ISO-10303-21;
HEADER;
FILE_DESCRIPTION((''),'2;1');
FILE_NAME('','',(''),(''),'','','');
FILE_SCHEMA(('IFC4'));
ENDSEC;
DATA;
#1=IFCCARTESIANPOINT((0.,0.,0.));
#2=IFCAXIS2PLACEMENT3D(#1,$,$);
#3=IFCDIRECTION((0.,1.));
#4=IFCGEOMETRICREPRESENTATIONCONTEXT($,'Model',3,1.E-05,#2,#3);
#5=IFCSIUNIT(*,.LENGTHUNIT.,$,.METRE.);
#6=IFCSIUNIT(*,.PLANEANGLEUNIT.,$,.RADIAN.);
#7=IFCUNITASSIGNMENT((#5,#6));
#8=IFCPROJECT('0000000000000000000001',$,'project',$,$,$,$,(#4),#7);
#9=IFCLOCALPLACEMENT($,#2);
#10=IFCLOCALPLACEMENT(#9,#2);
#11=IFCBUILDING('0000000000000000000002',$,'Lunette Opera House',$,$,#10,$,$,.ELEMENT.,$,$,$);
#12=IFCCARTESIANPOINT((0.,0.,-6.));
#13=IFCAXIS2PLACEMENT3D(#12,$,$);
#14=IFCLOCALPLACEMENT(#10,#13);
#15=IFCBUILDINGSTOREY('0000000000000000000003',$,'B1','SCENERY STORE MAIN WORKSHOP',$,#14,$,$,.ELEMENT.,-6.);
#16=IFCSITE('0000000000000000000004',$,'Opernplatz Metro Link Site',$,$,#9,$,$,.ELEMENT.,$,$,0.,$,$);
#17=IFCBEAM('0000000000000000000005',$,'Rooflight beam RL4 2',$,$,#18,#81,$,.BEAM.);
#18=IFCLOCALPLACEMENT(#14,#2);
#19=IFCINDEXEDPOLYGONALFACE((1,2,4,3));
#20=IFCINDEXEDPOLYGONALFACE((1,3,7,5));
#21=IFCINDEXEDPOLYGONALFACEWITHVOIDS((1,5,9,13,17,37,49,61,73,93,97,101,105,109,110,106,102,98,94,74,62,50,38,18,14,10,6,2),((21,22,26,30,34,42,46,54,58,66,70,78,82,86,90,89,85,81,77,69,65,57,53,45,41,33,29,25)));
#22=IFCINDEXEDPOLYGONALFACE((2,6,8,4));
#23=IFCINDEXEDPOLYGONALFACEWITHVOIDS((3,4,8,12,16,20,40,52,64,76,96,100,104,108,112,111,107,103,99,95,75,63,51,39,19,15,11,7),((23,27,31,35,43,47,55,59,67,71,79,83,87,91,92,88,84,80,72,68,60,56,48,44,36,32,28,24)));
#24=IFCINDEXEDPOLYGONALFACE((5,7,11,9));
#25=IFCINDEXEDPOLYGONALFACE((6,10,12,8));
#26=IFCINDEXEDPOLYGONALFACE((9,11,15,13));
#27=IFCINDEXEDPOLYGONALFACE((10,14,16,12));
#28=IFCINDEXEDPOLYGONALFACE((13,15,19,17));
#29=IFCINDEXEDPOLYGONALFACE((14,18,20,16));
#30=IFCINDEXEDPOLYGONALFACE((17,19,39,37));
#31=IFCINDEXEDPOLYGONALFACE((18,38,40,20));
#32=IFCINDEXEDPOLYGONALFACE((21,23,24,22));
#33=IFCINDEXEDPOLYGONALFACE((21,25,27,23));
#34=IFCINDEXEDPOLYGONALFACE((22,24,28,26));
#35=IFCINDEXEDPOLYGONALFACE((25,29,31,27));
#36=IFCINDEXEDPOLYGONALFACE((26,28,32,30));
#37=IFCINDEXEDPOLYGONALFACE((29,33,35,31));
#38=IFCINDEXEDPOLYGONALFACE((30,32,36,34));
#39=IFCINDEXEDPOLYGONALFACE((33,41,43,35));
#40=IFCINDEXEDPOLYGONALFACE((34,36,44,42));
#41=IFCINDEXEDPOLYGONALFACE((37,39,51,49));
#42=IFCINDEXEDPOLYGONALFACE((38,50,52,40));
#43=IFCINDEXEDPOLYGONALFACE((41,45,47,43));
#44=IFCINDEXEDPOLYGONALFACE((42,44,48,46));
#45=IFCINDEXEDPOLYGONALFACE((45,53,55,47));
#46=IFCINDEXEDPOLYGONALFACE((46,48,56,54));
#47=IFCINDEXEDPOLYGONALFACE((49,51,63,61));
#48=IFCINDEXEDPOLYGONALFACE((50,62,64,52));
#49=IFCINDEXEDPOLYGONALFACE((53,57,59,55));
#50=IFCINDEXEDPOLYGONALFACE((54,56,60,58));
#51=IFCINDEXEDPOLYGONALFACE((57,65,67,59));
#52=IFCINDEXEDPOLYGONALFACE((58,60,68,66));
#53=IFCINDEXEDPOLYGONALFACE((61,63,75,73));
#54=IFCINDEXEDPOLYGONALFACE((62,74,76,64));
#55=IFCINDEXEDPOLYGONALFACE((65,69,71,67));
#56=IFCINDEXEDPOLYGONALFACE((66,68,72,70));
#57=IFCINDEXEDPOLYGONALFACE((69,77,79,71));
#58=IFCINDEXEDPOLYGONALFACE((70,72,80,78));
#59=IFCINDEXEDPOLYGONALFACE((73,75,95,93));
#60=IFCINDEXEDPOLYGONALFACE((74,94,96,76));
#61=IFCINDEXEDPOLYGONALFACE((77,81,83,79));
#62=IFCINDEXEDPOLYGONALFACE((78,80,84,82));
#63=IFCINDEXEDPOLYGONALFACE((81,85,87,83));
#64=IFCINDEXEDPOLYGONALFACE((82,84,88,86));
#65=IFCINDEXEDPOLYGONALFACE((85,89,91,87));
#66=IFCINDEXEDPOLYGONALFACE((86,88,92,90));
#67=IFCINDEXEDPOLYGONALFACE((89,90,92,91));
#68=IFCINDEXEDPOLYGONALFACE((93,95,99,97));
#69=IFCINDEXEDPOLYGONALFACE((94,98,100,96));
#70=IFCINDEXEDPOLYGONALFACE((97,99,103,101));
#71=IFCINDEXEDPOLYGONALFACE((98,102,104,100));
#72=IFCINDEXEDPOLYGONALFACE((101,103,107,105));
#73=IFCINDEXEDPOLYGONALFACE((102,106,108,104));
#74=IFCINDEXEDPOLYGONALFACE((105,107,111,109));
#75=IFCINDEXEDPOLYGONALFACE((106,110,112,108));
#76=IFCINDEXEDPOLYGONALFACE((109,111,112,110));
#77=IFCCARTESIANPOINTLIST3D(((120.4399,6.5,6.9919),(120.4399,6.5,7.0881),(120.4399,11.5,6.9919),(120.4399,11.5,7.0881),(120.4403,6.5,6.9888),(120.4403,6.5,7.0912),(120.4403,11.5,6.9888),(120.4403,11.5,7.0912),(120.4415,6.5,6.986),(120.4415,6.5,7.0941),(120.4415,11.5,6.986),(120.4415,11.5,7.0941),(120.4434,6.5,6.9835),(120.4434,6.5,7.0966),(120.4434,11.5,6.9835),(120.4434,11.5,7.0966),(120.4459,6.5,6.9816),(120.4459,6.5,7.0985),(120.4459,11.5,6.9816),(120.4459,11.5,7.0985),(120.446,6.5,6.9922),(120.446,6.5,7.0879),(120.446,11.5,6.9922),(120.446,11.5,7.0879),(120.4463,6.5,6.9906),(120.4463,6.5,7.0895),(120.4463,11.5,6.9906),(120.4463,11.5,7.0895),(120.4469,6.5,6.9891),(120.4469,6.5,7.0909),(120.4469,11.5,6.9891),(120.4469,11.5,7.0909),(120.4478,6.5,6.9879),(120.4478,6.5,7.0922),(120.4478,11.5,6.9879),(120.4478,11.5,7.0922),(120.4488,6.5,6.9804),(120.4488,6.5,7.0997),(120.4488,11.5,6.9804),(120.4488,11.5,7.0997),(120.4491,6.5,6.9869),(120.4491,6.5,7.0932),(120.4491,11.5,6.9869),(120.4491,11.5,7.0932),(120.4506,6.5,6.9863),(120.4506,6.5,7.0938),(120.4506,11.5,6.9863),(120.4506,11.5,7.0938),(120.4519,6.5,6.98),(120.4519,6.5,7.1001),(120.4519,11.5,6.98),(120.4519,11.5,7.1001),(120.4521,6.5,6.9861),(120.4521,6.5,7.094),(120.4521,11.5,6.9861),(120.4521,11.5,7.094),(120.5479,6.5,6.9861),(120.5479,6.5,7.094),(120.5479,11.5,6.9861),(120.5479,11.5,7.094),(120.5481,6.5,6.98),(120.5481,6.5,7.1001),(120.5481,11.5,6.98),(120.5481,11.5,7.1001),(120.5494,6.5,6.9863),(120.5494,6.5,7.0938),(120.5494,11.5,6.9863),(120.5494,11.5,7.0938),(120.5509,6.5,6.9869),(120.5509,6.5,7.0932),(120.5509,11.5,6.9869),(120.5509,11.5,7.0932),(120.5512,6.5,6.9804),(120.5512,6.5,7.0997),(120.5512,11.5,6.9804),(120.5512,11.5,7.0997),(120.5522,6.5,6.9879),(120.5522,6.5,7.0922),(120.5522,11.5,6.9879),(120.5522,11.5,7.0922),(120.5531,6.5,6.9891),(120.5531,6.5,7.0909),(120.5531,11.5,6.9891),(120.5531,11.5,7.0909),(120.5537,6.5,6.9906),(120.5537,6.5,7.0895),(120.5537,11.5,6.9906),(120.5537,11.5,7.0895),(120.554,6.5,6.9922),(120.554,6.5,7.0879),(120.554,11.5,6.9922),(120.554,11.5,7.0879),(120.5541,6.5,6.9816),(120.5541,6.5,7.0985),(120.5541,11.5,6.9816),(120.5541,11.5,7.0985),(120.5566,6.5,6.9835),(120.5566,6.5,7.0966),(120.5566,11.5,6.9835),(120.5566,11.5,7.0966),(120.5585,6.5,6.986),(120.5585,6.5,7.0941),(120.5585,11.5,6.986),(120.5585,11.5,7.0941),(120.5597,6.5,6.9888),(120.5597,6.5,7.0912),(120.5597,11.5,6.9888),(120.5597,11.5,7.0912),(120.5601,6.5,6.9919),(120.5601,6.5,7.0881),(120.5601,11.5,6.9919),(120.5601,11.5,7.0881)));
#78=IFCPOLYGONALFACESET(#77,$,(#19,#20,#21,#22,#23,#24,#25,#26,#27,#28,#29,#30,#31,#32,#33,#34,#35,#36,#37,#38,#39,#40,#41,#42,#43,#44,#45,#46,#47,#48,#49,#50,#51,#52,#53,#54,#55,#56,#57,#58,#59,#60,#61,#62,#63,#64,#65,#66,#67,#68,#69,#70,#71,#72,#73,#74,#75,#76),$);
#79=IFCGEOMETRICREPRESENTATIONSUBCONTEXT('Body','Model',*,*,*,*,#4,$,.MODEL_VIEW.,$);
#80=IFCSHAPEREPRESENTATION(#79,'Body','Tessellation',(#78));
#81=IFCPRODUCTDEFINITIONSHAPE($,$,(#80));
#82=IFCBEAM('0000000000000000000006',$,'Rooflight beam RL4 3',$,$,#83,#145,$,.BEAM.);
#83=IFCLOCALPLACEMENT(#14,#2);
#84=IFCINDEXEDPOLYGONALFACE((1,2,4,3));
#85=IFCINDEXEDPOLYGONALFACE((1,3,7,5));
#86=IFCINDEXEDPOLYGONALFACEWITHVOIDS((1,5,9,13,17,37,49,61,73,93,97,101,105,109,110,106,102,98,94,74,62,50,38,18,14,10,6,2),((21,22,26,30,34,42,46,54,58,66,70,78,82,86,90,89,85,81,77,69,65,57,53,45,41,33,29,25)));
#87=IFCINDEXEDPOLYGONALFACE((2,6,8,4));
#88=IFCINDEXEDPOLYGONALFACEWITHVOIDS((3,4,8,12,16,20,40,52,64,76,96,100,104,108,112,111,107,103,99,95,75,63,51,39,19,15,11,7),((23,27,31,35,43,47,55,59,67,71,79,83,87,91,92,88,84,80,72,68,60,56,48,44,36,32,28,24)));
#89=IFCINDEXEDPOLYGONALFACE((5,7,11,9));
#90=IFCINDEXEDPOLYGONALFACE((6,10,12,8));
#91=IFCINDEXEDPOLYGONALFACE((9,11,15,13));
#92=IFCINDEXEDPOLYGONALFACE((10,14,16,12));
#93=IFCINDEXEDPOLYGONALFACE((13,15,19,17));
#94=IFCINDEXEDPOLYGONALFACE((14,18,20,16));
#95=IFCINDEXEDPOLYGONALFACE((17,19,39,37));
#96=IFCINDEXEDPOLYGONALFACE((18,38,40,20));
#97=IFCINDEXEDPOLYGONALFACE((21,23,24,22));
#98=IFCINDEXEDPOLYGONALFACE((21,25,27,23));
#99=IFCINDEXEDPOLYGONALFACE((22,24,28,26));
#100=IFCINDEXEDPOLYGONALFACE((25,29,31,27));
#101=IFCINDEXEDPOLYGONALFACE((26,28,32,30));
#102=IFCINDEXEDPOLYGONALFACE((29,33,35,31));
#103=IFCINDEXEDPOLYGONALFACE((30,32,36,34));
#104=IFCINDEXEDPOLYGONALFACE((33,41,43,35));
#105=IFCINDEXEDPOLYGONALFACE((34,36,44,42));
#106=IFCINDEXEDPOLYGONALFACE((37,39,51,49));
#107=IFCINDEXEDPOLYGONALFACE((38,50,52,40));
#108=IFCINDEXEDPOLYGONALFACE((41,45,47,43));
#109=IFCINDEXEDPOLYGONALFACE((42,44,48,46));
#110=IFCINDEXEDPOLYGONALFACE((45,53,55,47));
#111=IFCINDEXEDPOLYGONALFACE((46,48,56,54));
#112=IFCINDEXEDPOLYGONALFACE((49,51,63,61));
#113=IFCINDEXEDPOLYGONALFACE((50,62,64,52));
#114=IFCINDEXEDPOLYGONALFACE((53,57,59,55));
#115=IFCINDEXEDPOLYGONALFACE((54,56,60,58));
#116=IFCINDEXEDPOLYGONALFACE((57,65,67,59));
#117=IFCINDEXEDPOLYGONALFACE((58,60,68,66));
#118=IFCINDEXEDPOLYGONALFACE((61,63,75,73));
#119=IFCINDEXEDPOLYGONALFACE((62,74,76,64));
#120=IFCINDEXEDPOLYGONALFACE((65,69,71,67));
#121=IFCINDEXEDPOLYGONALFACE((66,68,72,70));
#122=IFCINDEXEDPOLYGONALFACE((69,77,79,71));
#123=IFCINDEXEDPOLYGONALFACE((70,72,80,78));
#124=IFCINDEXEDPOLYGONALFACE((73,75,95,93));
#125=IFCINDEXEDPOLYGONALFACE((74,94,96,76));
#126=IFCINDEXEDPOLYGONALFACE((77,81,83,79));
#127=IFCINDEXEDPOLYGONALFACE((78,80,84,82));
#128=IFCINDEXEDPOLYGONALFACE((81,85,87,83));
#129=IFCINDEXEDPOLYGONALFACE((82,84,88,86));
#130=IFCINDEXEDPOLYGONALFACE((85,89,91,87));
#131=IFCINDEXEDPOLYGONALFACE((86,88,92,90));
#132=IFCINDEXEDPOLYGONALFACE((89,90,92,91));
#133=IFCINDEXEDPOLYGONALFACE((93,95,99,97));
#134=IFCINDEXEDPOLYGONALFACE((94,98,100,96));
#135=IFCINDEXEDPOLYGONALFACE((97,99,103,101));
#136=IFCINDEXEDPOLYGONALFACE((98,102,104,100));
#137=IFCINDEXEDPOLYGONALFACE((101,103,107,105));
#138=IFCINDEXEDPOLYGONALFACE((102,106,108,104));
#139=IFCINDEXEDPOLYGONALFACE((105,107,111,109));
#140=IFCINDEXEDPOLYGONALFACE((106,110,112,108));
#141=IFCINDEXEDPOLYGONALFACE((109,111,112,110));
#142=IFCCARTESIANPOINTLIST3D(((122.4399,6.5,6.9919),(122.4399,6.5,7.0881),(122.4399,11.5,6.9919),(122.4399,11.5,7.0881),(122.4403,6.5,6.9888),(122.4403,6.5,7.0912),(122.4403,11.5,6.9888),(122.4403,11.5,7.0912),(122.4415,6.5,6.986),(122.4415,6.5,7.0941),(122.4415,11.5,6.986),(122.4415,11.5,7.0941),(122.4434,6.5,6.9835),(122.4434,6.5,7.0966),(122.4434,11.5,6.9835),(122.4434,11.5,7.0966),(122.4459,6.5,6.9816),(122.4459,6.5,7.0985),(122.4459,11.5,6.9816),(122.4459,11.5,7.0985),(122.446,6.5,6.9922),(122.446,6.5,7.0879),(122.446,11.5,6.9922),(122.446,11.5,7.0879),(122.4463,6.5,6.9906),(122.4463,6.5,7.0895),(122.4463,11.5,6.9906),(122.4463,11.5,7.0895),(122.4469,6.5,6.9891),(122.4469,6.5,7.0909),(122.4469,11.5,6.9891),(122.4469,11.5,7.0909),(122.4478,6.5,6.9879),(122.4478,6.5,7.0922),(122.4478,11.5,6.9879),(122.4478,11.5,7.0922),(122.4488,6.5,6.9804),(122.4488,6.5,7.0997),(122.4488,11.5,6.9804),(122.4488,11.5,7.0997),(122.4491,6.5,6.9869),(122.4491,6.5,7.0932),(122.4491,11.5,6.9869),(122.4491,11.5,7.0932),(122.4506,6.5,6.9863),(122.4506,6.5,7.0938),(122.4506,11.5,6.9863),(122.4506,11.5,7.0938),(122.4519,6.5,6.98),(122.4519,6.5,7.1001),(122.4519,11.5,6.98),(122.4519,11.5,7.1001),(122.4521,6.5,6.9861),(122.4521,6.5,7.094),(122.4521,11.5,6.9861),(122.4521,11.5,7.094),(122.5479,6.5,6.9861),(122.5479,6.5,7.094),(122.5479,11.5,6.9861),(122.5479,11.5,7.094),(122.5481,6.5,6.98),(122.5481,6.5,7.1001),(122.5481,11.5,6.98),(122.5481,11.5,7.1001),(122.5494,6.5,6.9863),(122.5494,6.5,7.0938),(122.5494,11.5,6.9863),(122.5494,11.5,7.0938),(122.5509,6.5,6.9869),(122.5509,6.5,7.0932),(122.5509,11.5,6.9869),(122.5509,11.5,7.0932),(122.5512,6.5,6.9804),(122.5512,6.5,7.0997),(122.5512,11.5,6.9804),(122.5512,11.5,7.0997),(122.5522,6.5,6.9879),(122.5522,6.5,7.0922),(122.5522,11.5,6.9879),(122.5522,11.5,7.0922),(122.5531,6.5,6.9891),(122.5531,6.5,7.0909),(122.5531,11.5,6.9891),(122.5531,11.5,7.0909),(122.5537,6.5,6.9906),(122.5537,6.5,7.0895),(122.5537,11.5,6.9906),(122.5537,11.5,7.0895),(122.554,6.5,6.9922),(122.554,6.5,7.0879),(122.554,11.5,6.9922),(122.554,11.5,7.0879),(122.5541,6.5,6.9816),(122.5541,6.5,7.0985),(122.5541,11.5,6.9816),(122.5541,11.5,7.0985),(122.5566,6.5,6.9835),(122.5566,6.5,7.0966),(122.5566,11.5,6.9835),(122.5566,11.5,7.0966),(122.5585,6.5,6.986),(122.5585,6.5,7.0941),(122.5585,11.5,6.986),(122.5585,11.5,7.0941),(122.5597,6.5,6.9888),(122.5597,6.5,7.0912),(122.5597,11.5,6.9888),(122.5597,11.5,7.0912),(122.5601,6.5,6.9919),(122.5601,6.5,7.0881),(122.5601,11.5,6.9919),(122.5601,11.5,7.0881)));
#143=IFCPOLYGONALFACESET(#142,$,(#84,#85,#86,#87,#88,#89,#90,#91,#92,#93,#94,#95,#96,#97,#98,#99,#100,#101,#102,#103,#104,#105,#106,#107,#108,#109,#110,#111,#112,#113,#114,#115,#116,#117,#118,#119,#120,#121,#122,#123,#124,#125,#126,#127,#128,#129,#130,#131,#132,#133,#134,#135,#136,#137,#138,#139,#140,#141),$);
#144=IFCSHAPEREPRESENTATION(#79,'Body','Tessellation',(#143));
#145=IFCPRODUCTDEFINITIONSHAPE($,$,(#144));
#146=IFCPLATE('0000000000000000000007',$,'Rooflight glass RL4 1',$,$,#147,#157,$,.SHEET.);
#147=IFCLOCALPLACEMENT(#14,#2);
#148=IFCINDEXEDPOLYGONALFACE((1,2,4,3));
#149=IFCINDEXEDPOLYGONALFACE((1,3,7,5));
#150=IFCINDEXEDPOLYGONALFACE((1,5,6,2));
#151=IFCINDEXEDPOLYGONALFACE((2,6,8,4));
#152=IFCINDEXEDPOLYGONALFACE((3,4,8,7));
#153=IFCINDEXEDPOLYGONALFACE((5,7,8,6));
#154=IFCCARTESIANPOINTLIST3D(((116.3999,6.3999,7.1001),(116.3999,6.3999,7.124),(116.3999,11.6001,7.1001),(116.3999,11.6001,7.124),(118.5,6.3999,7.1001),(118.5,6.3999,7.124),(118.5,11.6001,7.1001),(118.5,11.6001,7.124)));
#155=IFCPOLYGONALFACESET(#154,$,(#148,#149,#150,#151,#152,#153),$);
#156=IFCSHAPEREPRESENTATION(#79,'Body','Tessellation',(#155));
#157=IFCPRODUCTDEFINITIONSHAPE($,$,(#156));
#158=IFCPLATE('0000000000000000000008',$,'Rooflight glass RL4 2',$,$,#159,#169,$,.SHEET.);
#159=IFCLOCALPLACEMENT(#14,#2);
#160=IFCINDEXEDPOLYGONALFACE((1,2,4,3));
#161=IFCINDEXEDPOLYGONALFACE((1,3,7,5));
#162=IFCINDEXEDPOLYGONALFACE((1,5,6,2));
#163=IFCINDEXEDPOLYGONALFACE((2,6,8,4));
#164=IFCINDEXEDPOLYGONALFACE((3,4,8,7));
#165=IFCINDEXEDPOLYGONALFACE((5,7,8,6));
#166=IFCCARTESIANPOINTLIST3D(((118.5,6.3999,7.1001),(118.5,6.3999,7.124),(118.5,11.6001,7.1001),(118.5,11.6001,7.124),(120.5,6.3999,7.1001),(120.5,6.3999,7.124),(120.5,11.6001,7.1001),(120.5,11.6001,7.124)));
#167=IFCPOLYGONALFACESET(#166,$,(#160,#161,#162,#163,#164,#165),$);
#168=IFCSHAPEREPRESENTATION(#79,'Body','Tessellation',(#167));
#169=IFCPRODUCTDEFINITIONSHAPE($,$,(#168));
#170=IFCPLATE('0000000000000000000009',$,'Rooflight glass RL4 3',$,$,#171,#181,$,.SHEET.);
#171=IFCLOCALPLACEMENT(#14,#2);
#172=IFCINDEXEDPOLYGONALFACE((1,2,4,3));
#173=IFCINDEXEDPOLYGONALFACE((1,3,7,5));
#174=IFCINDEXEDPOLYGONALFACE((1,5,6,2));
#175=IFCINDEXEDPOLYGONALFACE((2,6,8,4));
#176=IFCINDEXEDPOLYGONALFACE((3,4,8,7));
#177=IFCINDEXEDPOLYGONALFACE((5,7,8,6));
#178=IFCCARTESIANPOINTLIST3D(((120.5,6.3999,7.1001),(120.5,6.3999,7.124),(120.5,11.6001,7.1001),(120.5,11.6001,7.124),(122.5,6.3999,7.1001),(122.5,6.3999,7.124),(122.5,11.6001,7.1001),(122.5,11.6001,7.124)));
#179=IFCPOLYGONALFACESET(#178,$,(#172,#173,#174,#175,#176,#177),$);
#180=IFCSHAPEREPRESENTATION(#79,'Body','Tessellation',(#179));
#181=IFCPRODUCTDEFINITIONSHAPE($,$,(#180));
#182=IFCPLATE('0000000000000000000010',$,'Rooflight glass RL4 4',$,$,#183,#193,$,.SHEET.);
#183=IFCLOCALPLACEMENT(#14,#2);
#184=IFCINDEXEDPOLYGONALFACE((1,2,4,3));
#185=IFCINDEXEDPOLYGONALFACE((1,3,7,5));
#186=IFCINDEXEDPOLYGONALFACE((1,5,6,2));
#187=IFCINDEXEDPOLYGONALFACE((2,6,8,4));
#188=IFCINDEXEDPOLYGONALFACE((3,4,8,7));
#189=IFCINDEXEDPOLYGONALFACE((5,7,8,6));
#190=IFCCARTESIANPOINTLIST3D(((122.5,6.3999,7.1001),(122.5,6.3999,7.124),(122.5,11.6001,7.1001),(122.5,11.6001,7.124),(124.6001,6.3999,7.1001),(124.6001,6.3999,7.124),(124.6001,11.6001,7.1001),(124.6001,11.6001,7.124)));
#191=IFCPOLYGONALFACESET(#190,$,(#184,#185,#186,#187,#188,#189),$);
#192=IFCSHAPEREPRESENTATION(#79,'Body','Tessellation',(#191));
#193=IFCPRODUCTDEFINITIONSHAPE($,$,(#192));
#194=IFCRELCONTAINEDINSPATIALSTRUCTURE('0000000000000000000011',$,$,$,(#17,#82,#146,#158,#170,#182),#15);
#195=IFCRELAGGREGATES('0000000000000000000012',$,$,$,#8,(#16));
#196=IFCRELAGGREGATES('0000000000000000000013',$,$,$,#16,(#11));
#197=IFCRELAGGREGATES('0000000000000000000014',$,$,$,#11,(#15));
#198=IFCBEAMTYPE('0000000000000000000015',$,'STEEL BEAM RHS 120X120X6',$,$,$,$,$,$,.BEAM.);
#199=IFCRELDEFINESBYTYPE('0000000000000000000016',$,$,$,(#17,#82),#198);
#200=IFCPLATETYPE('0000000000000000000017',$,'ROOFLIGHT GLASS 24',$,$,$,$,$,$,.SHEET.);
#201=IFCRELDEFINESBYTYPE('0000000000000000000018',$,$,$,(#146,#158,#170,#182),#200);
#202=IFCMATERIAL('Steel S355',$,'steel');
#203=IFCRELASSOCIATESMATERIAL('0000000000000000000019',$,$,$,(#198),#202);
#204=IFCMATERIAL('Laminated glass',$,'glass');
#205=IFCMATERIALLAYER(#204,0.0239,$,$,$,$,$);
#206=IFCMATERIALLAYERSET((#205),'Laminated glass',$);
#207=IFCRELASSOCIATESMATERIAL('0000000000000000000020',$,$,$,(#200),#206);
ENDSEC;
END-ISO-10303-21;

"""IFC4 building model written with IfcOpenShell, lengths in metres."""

from ifc_helpers import new_model, si_unit, direction, frame, origin, origin_2d, place, context, subcontext, project, spatial, polyline, hollow_rectangle, outline, extrude, material, layer, layer_set, material_profile, profile_set, type_object, element, save


model = new_model("IFC4")

# Units and contexts
model_context = context("Model", 3, precision=1e-05, world=origin(), true_north=direction((0.0, 1.0)))
body_context = subcontext(model_context, "Body", "Model", "MODEL_VIEW")
ifc_project = project(units=[si_unit("LENGTHUNIT", "METRE"), si_unit("PLANEANGLEUNIT", "RADIAN")], contexts=[model_context])

# Site, building, storey
site_placement = place(None, origin())
site = spatial("IfcSite", under=ifc_project, at=site_placement, Name="Opernplatz Metro Link Site", CompositionType="ELEMENT", RefElevation=0.0)
building_placement = place(site_placement, origin())
building = spatial("IfcBuilding", under=site, at=building_placement, Name="Lunette Opera House", CompositionType="ELEMENT")
storey_placement = place(building_placement, frame((0.0, 0.0, -6.0)))
storey = spatial("IfcBuildingStorey", under=building, at=storey_placement, Name="B1", Description="SCENERY STORE MAIN WORKSHOP", CompositionType="ELEMENT", Elevation=-6.0)

# Beams
ifc_material_1 = material(Name="Steel S355", Category="steel")
ifc_material_profile_1 = material_profile(ifc_material_1, hollow_rectangle(XDim=0.1201, YDim=0.1201, WallThickness=0.0061, InnerFilletRadius=0.0061, OuterFilletRadius=0.012, at=origin_2d()), Name="RHS 120X120X6")
ifc_profile_set_1 = profile_set([ifc_material_profile_1], Name="Steel S355")
beam_type_1 = type_object("IfcBeamType", Name="STEEL BEAM RHS 120X120X6", PredefinedType="BEAM", material=ifc_profile_set_1)
for number, where, z_axis, x_axis, name in (
    (1, (120.5, 6.5, 7.04), (0.0, 1.0, 0.0), (-1.0, 0.0, 0.0), "Rooflight beam RL4 2"),
    (2, (122.5, 6.5, 7.04), (0.0, 1.0, 0.0), (-1.0, 0.0, 0.0), "Rooflight beam RL4 3"),
):
    element("IfcBeam", number, at=place(storey_placement, frame(where, z_axis=z_axis, x_axis=x_axis)), inside=storey, type_object=beam_type_1, Name=name, PredefinedType="BEAM", context=body_context, shape_type="SweptSolid", body=[
        extrude(hollow_rectangle(XDim=0.1201, YDim=0.1201, WallThickness=0.0061, InnerFilletRadius=0.0061, OuterFilletRadius=0.012, at=origin_2d()), origin(), (0.0, 0.0, 1.0), 5.0),
    ])

# Plates
ifc_material_2 = material(Name="Laminated glass", Category="glass")
ifc_layer_1 = layer(ifc_material_2, 0.0239)
ifc_layer_set_1 = layer_set([ifc_layer_1], Name="Laminated glass")
plate_type = type_object("IfcPlateType", Name="ROOFLIGHT GLASS 24", PredefinedType="SHEET", material=ifc_layer_set_1)
plate_1_placement = place(storey_placement, frame((116.3999, 6.3999, 7.124), z_axis=(0.0, 0.0, 1.0), x_axis=(1.0, 0.0, 0.0)))
element("IfcPlate", 3, at=plate_1_placement, inside=storey, type_object=plate_type, Name="Rooflight glass RL4 1", PredefinedType="SHEET", context=body_context, shape_type="SweptSolid", body=[
    extrude(outline(polyline([(0.0, 0.0), (2.1001, 0.0), (2.1001, 5.2002), (0.0, 5.2002), (0.0, 0.0)])), origin(), (0.0, 0.0, -1.0), 0.0239),
])
for number, where, z_axis, x_axis, name in (
    (4, (118.5, 6.3999, 7.124), (0.0, 0.0, 1.0), (1.0, 0.0, 0.0), "Rooflight glass RL4 2"),
    (5, (120.5, 6.3999, 7.124), (0.0, 0.0, 1.0), (1.0, 0.0, 0.0), "Rooflight glass RL4 3"),
):
    element("IfcPlate", number, at=place(storey_placement, frame(where, z_axis=z_axis, x_axis=x_axis)), inside=storey, type_object=plate_type, Name=name, PredefinedType="SHEET", context=body_context, shape_type="SweptSolid", body=[
        extrude(outline(polyline([(0.0, 0.0), (2.0, 0.0), (2.0, 5.2002), (0.0, 5.2002), (0.0, 0.0)])), origin(), (0.0, 0.0, -1.0), 0.0239),
    ])
plate_2_placement = place(storey_placement, frame((122.5, 6.3999, 7.124), z_axis=(0.0, 0.0, 1.0), x_axis=(1.0, 0.0, 0.0)))
element("IfcPlate", 6, at=plate_2_placement, inside=storey, type_object=plate_type, Name="Rooflight glass RL4 4", PredefinedType="SHEET", context=body_context, shape_type="SweptSolid", body=[
    extrude(outline(polyline([(0.0, 0.0), (2.1001, 0.0), (2.1001, 5.2002), (0.0, 5.2002), (0.0, 0.0)])), origin(), (0.0, 0.0, -1.0), 0.0239),
])

save(model, "model.ifc")
